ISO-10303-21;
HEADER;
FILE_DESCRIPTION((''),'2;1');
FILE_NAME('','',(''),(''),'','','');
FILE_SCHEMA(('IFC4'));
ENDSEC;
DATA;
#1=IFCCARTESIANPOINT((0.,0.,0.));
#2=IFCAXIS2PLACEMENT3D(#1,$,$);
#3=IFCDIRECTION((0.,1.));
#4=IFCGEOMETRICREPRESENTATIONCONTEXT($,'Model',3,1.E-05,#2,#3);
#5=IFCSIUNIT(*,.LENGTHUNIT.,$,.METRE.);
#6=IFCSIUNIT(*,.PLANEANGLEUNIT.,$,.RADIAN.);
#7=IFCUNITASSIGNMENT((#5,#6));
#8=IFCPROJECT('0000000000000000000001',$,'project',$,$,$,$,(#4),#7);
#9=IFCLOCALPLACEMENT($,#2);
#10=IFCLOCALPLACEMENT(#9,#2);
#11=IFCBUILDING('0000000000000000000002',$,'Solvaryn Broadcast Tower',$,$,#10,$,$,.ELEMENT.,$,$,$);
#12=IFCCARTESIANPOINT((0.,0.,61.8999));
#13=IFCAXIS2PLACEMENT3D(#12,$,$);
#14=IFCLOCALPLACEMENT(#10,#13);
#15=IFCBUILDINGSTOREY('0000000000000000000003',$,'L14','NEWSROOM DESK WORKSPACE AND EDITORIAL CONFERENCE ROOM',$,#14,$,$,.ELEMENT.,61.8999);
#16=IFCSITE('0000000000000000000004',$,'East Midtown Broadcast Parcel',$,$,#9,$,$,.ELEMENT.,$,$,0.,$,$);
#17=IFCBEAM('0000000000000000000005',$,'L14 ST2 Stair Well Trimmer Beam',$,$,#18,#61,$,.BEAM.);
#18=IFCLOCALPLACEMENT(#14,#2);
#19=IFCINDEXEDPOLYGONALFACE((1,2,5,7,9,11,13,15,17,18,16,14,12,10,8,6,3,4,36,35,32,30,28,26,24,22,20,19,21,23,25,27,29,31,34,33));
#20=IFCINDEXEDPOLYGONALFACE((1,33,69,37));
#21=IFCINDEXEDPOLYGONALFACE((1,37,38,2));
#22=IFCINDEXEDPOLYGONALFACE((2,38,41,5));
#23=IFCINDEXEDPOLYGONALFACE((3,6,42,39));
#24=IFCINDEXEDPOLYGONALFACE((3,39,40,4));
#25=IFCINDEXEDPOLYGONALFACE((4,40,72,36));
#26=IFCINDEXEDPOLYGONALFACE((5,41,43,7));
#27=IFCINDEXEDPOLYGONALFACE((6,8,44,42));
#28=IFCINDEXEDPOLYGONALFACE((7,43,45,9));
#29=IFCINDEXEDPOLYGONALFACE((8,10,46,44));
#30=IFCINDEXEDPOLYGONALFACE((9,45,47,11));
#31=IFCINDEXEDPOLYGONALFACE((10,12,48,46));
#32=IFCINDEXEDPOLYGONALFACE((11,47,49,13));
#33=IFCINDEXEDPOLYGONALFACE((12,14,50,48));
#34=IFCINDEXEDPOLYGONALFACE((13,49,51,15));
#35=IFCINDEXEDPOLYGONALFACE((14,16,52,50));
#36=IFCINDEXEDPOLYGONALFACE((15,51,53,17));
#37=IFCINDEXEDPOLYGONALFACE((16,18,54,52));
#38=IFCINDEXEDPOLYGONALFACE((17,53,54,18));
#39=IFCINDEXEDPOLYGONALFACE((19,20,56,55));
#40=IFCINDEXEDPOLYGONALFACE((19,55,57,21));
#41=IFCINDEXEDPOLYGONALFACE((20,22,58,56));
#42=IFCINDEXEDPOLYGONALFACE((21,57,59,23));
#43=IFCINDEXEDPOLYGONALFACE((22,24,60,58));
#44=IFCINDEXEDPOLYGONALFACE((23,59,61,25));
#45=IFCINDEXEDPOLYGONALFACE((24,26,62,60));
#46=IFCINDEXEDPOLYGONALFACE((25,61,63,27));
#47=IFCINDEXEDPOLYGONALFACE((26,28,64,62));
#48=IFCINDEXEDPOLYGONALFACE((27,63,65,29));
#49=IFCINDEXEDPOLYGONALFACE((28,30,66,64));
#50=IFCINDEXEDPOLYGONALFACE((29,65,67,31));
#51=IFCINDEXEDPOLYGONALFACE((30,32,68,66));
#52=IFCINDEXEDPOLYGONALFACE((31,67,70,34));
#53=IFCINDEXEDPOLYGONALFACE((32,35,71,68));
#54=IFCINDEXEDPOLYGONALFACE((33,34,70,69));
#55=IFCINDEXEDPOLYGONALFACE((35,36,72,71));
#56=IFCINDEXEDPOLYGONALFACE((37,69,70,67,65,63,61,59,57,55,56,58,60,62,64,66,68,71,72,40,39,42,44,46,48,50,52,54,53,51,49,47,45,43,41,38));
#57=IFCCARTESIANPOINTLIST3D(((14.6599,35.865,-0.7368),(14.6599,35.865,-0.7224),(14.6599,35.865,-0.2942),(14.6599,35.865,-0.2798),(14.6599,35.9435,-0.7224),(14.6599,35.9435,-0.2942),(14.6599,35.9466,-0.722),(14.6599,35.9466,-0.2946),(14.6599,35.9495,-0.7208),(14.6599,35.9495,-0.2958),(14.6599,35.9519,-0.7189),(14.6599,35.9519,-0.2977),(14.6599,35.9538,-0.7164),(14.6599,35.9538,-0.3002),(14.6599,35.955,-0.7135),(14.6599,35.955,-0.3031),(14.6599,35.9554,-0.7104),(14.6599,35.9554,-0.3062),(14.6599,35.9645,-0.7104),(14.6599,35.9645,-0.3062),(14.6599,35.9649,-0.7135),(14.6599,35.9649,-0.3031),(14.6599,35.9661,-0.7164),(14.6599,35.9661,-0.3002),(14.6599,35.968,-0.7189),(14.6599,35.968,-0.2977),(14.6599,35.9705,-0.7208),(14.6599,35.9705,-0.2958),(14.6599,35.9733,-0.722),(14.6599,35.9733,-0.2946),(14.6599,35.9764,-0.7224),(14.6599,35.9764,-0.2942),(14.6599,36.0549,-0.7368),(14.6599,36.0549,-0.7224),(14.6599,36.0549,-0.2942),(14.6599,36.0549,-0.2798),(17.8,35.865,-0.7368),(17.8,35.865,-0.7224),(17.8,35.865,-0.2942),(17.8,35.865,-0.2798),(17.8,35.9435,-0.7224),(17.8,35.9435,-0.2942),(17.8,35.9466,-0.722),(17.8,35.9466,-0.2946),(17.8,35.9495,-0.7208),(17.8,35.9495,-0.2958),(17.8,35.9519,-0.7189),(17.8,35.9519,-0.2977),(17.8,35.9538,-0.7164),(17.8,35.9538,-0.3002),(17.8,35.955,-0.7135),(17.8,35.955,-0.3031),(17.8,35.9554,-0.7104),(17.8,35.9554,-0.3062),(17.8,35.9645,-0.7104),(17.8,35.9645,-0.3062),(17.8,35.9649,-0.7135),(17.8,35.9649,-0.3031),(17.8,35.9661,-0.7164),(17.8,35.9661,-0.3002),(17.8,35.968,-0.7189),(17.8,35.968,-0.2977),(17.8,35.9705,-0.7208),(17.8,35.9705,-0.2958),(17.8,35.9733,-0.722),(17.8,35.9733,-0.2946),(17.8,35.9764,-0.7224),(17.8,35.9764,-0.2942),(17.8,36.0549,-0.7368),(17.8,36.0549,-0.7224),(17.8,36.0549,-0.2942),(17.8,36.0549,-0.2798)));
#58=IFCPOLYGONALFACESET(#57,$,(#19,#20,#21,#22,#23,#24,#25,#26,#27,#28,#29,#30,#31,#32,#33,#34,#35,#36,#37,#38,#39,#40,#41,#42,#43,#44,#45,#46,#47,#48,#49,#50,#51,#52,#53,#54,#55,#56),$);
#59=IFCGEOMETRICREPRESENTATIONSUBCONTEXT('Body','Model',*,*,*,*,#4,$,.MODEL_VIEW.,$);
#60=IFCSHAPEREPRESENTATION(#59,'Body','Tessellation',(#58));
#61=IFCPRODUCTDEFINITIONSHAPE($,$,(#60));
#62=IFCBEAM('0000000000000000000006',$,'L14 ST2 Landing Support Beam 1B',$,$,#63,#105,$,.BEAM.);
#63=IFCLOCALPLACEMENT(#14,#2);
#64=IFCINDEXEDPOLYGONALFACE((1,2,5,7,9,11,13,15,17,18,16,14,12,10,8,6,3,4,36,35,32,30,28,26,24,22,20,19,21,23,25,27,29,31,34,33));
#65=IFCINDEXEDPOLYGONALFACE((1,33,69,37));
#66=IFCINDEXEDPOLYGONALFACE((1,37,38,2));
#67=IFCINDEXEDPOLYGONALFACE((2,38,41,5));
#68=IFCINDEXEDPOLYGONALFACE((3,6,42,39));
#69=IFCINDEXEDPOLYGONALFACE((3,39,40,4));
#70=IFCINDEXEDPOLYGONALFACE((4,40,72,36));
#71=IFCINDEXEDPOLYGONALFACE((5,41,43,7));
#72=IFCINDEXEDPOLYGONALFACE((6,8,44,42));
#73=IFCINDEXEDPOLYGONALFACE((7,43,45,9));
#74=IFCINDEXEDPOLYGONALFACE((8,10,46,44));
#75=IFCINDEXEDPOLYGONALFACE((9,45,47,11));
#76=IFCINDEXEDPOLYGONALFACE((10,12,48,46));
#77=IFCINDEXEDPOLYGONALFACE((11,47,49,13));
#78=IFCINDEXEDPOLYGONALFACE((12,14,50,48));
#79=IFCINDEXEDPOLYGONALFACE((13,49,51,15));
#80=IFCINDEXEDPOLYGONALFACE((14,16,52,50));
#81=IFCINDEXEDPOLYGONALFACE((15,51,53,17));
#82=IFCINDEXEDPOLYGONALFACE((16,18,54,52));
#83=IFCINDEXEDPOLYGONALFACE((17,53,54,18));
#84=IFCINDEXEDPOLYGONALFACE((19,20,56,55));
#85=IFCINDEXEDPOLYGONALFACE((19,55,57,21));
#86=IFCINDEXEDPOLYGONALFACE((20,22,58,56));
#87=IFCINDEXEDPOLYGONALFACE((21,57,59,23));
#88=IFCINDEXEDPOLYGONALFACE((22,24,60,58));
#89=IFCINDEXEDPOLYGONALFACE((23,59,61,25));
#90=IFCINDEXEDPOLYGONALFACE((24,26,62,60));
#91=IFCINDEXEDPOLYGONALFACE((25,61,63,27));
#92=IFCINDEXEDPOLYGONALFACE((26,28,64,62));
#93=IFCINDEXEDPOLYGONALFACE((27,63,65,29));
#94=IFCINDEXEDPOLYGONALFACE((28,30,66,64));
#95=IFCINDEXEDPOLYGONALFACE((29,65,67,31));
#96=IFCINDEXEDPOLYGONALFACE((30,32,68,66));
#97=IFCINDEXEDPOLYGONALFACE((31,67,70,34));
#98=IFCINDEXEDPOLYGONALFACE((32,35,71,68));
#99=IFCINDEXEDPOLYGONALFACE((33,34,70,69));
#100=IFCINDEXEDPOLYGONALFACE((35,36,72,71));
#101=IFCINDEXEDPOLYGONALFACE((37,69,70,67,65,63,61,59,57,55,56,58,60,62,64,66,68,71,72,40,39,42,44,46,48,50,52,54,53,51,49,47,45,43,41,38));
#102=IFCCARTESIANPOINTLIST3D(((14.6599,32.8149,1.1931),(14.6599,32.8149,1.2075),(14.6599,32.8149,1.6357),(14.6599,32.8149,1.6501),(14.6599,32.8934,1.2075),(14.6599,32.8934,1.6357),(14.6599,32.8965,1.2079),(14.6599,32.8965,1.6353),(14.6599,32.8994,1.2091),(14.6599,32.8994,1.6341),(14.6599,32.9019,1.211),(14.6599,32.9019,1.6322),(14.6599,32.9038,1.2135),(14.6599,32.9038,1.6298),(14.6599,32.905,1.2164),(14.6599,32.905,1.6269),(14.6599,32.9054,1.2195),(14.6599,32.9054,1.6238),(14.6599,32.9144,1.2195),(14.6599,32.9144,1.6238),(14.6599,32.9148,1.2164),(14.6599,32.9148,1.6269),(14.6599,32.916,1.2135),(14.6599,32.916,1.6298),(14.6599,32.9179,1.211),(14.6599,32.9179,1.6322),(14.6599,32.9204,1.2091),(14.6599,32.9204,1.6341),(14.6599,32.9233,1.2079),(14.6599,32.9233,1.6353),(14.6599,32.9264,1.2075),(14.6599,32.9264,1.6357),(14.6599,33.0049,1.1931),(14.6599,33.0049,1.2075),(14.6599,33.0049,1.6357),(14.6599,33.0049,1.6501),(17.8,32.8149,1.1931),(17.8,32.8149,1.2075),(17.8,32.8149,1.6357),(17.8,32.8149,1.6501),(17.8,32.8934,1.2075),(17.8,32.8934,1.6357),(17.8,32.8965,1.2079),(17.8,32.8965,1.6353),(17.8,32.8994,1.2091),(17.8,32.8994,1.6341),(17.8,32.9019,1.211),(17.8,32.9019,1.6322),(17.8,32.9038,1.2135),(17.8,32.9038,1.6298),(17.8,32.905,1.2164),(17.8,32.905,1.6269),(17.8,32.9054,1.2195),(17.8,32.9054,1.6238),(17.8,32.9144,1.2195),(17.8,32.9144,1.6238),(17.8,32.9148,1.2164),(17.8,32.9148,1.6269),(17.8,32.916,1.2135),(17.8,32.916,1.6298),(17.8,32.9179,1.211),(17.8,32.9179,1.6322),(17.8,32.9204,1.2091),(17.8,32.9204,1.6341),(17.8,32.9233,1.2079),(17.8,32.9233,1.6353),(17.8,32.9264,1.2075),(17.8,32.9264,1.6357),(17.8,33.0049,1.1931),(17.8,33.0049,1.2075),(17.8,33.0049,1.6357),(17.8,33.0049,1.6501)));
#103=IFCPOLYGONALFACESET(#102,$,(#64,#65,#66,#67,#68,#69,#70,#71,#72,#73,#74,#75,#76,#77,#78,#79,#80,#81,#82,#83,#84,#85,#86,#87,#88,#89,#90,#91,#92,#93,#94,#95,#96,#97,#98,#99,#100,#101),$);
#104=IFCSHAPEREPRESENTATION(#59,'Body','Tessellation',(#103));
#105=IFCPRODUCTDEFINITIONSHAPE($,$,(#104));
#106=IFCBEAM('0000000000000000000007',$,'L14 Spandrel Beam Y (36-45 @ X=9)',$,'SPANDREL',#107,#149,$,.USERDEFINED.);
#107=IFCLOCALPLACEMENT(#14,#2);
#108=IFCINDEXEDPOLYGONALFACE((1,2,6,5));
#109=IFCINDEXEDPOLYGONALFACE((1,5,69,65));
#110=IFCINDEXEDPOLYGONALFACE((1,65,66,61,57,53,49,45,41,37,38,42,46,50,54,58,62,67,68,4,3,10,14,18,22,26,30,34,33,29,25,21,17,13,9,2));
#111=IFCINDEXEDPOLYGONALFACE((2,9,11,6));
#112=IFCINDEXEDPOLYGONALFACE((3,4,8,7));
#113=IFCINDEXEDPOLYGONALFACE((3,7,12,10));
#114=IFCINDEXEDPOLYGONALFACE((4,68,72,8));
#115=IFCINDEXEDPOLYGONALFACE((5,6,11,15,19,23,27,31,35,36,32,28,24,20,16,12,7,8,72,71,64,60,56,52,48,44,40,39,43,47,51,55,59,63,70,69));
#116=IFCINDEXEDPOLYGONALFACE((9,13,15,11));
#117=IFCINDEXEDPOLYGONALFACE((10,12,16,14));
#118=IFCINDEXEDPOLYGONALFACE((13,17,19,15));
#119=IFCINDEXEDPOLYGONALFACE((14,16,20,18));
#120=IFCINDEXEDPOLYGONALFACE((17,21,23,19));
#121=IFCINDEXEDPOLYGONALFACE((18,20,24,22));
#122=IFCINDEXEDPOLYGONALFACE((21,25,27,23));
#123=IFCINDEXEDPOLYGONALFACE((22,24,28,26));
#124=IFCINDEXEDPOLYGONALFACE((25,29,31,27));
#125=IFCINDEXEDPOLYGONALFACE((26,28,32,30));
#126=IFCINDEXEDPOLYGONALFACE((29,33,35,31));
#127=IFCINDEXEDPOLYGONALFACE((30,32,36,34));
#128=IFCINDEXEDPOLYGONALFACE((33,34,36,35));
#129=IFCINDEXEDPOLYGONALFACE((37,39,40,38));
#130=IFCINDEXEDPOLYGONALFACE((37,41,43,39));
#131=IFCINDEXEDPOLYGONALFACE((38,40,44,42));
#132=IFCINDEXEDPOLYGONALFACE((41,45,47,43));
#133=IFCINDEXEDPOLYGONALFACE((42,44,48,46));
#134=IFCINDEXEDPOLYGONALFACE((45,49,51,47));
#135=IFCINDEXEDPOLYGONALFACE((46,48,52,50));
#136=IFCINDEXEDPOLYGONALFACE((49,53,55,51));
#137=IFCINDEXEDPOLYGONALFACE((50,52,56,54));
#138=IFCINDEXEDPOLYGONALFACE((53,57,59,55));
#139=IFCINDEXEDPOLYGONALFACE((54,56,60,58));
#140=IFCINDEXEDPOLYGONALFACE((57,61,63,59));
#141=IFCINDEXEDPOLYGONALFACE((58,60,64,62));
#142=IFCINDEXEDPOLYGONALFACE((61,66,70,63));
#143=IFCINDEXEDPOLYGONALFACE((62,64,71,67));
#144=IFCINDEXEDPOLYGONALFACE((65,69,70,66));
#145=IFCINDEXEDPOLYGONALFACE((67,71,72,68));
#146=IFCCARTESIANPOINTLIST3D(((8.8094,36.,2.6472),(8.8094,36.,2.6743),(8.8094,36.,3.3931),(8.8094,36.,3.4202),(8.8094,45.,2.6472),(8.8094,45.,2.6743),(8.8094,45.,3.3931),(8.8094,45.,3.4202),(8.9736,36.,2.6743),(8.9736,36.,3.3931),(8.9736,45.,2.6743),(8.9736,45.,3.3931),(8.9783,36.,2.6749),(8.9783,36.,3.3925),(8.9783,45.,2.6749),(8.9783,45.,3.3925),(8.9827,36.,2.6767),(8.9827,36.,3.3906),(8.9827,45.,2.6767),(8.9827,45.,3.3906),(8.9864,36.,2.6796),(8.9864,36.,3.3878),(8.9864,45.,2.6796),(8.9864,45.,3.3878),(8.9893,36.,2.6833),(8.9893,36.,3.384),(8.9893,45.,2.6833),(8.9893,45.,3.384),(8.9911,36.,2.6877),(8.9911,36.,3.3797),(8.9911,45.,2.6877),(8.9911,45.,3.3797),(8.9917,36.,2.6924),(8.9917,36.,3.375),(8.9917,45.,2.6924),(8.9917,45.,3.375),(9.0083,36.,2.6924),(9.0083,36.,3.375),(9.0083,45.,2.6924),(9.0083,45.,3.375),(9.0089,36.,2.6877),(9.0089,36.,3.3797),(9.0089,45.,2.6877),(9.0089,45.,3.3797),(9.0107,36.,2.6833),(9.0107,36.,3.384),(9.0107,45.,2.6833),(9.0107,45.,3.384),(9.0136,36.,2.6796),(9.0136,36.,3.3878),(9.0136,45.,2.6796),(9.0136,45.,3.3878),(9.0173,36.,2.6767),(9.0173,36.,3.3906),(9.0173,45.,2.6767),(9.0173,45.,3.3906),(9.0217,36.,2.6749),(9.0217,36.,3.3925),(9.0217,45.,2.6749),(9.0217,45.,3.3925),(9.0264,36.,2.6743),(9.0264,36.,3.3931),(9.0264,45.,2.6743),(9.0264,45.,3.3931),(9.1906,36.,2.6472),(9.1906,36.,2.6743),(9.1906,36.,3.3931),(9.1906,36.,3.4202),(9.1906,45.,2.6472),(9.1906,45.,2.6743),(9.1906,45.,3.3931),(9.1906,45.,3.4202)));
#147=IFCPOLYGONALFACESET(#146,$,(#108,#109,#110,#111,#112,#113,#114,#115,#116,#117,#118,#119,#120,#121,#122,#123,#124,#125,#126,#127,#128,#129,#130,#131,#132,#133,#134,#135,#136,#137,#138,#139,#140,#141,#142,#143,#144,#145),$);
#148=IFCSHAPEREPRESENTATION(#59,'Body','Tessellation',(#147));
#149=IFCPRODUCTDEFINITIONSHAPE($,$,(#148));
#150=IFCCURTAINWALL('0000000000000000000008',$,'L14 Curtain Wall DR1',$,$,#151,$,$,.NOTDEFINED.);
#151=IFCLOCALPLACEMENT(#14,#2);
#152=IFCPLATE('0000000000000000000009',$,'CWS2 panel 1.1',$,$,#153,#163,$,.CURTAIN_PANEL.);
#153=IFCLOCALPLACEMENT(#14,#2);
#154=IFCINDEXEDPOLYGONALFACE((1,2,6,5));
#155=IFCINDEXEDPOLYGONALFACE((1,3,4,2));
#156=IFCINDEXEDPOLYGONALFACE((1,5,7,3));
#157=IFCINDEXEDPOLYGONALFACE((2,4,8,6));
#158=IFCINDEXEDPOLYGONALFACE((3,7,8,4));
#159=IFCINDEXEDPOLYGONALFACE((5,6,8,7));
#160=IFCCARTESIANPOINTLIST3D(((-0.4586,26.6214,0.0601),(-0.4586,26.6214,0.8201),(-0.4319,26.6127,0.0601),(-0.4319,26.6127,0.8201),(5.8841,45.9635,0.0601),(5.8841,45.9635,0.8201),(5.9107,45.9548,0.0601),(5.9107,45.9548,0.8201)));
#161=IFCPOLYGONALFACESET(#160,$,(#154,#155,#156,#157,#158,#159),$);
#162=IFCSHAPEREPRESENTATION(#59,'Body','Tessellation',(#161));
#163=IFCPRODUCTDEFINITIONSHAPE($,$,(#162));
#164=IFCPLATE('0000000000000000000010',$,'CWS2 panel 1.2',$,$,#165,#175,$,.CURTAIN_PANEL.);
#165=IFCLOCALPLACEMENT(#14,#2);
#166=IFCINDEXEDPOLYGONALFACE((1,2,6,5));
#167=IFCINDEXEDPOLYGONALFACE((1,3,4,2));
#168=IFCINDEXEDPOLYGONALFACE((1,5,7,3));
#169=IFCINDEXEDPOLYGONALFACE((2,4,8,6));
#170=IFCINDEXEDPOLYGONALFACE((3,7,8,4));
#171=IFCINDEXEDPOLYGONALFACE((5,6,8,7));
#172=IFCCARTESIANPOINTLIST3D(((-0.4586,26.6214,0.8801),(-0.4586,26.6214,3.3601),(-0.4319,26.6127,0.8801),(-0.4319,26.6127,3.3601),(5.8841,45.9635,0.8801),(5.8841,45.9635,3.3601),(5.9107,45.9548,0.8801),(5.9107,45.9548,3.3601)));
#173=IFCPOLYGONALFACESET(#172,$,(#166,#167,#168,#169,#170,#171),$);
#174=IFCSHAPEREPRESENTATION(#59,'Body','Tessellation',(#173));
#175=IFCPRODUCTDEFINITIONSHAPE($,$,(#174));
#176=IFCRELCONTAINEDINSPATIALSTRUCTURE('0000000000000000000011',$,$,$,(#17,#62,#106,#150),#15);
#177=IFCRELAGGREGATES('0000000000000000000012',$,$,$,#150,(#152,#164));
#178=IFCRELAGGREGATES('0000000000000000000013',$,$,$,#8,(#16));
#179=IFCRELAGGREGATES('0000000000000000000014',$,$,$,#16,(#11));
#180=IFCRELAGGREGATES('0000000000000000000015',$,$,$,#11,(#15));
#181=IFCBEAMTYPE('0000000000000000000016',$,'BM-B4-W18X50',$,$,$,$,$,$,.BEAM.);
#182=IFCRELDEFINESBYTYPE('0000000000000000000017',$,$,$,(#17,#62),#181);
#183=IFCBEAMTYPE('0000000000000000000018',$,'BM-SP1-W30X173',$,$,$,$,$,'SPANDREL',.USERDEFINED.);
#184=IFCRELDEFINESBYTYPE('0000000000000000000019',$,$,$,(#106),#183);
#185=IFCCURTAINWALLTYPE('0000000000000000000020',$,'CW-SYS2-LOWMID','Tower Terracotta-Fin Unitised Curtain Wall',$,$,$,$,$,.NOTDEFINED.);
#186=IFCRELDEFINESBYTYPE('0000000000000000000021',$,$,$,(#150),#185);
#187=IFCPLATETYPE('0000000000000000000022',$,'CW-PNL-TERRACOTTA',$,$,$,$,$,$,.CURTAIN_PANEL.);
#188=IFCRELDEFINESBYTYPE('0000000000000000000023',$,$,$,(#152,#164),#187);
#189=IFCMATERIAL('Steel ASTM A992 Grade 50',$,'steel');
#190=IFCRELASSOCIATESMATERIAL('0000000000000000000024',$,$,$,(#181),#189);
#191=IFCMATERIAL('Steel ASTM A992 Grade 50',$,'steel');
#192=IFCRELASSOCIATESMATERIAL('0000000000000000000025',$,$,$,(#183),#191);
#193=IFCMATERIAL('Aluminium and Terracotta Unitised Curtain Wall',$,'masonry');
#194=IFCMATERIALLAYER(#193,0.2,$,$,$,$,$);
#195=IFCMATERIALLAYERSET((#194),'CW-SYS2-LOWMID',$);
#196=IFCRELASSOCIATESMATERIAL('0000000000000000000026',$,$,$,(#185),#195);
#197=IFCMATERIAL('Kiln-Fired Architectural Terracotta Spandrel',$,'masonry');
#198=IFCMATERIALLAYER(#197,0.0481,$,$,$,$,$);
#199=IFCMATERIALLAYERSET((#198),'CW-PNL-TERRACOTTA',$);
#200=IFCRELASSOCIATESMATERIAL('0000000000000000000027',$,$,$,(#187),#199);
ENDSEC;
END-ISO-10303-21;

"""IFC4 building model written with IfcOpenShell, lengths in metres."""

from ifc_helpers import new_model, si_unit, direction, frame, origin, origin_2d, place, context, subcontext, project, spatial, rectangle, i_section, extrude, material, layer, layer_set, material_profile, profile_set, type_object, element, aggregate, save


model = new_model("IFC4")

# Units and contexts
model_context = context("Model", 3, precision=1e-05, world=origin(), true_north=direction((0.0, 1.0)))
body_context = subcontext(model_context, "Body", "Model", "MODEL_VIEW")
ifc_project = project(units=[si_unit("LENGTHUNIT", "METRE"), si_unit("PLANEANGLEUNIT", "RADIAN")], contexts=[model_context])

# Site, building, storey
site_placement = place(None, origin())
site = spatial("IfcSite", under=ifc_project, at=site_placement, Name="East Midtown Broadcast Parcel", CompositionType="ELEMENT", RefElevation=0.0)
building_placement = place(site_placement, origin())
building = spatial("IfcBuilding", under=site, at=building_placement, Name="Solvaryn Broadcast Tower", CompositionType="ELEMENT")
storey_placement = place(building_placement, frame((0.0, 0.0, 61.8999)))
storey = spatial("IfcBuildingStorey", under=building, at=storey_placement, Name="L14", Description="NEWSROOM DESK WORKSPACE AND EDITORIAL CONFERENCE ROOM", CompositionType="ELEMENT", Elevation=61.8999)

# Beams
ifc_material_1 = material(Name="Steel ASTM A992 Grade 50", Category="steel")
ifc_material_profile_1 = material_profile(ifc_material_1, i_section(OverallWidth=0.1899, OverallDepth=0.457, WebThickness=0.009, FlangeThickness=0.0144, FilletRadius=0.012, at=origin_2d()))
ifc_profile_set_1 = profile_set([ifc_material_profile_1], Name="Steel ASTM A992 Grade 50")
beam_type_1 = type_object("IfcBeamType", Name="BM-B4-W18X50", PredefinedType="BEAM", material=ifc_profile_set_1)
for number, where, z_axis, x_axis, name in (
    (1, (14.6599, 35.96, -0.5083), (1.0, 0.0, 0.0), (0.0, 1.0, 0.0), "L14 ST2 Stair Well Trimmer Beam"),
    (2, (14.6599, 32.9099, 1.4216), (1.0, 0.0, 0.0), (0.0, 1.0, 0.0), "L14 ST2 Landing Support Beam 1B"),
):
    element("IfcBeam", number, at=place(storey_placement, frame(where, z_axis=z_axis, x_axis=x_axis)), inside=storey, type_object=beam_type_1, Name=name, PredefinedType="BEAM", context=body_context, shape_type="SweptSolid", body=[
        extrude(i_section(OverallWidth=0.1899, OverallDepth=0.457, WebThickness=0.009, FlangeThickness=0.0144, FilletRadius=0.012, at=origin_2d()), origin(), (0.0, 0.0, 1.0), 3.1401),
    ])
ifc_material_2 = material(Name="Steel ASTM A992 Grade 50", Category="steel")
ifc_material_profile_2 = material_profile(ifc_material_2, i_section(OverallWidth=0.3811, OverallDepth=0.7729, WebThickness=0.0166, FlangeThickness=0.0271, FilletRadius=0.0181, at=origin_2d()))
ifc_profile_set_2 = profile_set([ifc_material_profile_2], Name="Steel ASTM A992 Grade 50")
beam_type_2 = type_object("IfcBeamType", Name="BM-SP1-W30X173", ElementType="SPANDREL", PredefinedType="USERDEFINED", material=ifc_profile_set_2)
beam_1_placement = place(storey_placement, frame((9.0, 36.0, 3.0337), z_axis=(0.0, 1.0, 0.0), x_axis=(-1.0, 0.0, 0.0)))
element("IfcBeam", 3, at=beam_1_placement, inside=storey, type_object=beam_type_2, Name="L14 Spandrel Beam Y (36-45 @ X=9)", ObjectType="SPANDREL", PredefinedType="USERDEFINED", context=body_context, shape_type="SweptSolid", body=[
    extrude(i_section(OverallWidth=0.3811, OverallDepth=0.7729, WebThickness=0.0166, FlangeThickness=0.0271, FilletRadius=0.0181, at=origin_2d()), origin(), (0.0, 0.0, 1.0), 9.0),
])

# Curtain wall, plates
ifc_material_3 = material(Name="Aluminium and Terracotta Unitised Curtain Wall", Category="masonry")
ifc_layer_1 = layer(ifc_material_3, 0.2)
ifc_layer_set_1 = layer_set([ifc_layer_1], Name="CW-SYS2-LOWMID")
curtain_wall_type = type_object("IfcCurtainWallType", Name="CW-SYS2-LOWMID", Description="Tower Terracotta-Fin Unitised Curtain Wall", PredefinedType="NOTDEFINED", material=ifc_layer_set_1)
curtain_wall_placement = place(storey_placement, origin())
curtain_wall = element("IfcCurtainWall", 4, at=curtain_wall_placement, inside=storey, type_object=curtain_wall_type, Name="L14 Curtain Wall DR1", PredefinedType="NOTDEFINED")
ifc_material_4 = material(Name="Kiln-Fired Architectural Terracotta Spandrel", Category="masonry")
ifc_layer_2 = layer(ifc_material_4, 0.0481)
ifc_layer_set_2 = layer_set([ifc_layer_2], Name="CW-PNL-TERRACOTTA")
plate_type = type_object("IfcPlateType", Name="CW-PNL-TERRACOTTA", PredefinedType="CURTAIN_PANEL", material=ifc_layer_set_2)
plate_1_placement = place(storey_placement, frame((2.7261, 36.2881, 0.0601), z_axis=(0.0, 0.0, 1.0), x_axis=(-0.311594, -0.950215, 0.0)))
plate_1 = element("IfcPlate", 5, at=plate_1_placement, type_object=plate_type, Name="CWS2 panel 1.1", PredefinedType="CURTAIN_PANEL", context=body_context, shape_type="SweptSolid", body=[
    extrude(rectangle(XDim=20.3555, YDim=0.0281, at=origin_2d()), origin(), (0.0, 0.0, 1.0), 0.76),
])
plate_2_placement = place(storey_placement, frame((2.7261, 36.2881, 0.8801), z_axis=(0.0, 0.0, 1.0), x_axis=(-0.311594, -0.950215, 0.0)))
plate_2 = element("IfcPlate", 6, at=plate_2_placement, type_object=plate_type, Name="CWS2 panel 1.2", PredefinedType="CURTAIN_PANEL", context=body_context, shape_type="SweptSolid", body=[
    extrude(rectangle(XDim=20.3555, YDim=0.0281, at=origin_2d()), origin(), (0.0, 0.0, 1.0), 2.48),
])
aggregate(curtain_wall, [plate_1, plate_2])

save(model, "model.ifc")
